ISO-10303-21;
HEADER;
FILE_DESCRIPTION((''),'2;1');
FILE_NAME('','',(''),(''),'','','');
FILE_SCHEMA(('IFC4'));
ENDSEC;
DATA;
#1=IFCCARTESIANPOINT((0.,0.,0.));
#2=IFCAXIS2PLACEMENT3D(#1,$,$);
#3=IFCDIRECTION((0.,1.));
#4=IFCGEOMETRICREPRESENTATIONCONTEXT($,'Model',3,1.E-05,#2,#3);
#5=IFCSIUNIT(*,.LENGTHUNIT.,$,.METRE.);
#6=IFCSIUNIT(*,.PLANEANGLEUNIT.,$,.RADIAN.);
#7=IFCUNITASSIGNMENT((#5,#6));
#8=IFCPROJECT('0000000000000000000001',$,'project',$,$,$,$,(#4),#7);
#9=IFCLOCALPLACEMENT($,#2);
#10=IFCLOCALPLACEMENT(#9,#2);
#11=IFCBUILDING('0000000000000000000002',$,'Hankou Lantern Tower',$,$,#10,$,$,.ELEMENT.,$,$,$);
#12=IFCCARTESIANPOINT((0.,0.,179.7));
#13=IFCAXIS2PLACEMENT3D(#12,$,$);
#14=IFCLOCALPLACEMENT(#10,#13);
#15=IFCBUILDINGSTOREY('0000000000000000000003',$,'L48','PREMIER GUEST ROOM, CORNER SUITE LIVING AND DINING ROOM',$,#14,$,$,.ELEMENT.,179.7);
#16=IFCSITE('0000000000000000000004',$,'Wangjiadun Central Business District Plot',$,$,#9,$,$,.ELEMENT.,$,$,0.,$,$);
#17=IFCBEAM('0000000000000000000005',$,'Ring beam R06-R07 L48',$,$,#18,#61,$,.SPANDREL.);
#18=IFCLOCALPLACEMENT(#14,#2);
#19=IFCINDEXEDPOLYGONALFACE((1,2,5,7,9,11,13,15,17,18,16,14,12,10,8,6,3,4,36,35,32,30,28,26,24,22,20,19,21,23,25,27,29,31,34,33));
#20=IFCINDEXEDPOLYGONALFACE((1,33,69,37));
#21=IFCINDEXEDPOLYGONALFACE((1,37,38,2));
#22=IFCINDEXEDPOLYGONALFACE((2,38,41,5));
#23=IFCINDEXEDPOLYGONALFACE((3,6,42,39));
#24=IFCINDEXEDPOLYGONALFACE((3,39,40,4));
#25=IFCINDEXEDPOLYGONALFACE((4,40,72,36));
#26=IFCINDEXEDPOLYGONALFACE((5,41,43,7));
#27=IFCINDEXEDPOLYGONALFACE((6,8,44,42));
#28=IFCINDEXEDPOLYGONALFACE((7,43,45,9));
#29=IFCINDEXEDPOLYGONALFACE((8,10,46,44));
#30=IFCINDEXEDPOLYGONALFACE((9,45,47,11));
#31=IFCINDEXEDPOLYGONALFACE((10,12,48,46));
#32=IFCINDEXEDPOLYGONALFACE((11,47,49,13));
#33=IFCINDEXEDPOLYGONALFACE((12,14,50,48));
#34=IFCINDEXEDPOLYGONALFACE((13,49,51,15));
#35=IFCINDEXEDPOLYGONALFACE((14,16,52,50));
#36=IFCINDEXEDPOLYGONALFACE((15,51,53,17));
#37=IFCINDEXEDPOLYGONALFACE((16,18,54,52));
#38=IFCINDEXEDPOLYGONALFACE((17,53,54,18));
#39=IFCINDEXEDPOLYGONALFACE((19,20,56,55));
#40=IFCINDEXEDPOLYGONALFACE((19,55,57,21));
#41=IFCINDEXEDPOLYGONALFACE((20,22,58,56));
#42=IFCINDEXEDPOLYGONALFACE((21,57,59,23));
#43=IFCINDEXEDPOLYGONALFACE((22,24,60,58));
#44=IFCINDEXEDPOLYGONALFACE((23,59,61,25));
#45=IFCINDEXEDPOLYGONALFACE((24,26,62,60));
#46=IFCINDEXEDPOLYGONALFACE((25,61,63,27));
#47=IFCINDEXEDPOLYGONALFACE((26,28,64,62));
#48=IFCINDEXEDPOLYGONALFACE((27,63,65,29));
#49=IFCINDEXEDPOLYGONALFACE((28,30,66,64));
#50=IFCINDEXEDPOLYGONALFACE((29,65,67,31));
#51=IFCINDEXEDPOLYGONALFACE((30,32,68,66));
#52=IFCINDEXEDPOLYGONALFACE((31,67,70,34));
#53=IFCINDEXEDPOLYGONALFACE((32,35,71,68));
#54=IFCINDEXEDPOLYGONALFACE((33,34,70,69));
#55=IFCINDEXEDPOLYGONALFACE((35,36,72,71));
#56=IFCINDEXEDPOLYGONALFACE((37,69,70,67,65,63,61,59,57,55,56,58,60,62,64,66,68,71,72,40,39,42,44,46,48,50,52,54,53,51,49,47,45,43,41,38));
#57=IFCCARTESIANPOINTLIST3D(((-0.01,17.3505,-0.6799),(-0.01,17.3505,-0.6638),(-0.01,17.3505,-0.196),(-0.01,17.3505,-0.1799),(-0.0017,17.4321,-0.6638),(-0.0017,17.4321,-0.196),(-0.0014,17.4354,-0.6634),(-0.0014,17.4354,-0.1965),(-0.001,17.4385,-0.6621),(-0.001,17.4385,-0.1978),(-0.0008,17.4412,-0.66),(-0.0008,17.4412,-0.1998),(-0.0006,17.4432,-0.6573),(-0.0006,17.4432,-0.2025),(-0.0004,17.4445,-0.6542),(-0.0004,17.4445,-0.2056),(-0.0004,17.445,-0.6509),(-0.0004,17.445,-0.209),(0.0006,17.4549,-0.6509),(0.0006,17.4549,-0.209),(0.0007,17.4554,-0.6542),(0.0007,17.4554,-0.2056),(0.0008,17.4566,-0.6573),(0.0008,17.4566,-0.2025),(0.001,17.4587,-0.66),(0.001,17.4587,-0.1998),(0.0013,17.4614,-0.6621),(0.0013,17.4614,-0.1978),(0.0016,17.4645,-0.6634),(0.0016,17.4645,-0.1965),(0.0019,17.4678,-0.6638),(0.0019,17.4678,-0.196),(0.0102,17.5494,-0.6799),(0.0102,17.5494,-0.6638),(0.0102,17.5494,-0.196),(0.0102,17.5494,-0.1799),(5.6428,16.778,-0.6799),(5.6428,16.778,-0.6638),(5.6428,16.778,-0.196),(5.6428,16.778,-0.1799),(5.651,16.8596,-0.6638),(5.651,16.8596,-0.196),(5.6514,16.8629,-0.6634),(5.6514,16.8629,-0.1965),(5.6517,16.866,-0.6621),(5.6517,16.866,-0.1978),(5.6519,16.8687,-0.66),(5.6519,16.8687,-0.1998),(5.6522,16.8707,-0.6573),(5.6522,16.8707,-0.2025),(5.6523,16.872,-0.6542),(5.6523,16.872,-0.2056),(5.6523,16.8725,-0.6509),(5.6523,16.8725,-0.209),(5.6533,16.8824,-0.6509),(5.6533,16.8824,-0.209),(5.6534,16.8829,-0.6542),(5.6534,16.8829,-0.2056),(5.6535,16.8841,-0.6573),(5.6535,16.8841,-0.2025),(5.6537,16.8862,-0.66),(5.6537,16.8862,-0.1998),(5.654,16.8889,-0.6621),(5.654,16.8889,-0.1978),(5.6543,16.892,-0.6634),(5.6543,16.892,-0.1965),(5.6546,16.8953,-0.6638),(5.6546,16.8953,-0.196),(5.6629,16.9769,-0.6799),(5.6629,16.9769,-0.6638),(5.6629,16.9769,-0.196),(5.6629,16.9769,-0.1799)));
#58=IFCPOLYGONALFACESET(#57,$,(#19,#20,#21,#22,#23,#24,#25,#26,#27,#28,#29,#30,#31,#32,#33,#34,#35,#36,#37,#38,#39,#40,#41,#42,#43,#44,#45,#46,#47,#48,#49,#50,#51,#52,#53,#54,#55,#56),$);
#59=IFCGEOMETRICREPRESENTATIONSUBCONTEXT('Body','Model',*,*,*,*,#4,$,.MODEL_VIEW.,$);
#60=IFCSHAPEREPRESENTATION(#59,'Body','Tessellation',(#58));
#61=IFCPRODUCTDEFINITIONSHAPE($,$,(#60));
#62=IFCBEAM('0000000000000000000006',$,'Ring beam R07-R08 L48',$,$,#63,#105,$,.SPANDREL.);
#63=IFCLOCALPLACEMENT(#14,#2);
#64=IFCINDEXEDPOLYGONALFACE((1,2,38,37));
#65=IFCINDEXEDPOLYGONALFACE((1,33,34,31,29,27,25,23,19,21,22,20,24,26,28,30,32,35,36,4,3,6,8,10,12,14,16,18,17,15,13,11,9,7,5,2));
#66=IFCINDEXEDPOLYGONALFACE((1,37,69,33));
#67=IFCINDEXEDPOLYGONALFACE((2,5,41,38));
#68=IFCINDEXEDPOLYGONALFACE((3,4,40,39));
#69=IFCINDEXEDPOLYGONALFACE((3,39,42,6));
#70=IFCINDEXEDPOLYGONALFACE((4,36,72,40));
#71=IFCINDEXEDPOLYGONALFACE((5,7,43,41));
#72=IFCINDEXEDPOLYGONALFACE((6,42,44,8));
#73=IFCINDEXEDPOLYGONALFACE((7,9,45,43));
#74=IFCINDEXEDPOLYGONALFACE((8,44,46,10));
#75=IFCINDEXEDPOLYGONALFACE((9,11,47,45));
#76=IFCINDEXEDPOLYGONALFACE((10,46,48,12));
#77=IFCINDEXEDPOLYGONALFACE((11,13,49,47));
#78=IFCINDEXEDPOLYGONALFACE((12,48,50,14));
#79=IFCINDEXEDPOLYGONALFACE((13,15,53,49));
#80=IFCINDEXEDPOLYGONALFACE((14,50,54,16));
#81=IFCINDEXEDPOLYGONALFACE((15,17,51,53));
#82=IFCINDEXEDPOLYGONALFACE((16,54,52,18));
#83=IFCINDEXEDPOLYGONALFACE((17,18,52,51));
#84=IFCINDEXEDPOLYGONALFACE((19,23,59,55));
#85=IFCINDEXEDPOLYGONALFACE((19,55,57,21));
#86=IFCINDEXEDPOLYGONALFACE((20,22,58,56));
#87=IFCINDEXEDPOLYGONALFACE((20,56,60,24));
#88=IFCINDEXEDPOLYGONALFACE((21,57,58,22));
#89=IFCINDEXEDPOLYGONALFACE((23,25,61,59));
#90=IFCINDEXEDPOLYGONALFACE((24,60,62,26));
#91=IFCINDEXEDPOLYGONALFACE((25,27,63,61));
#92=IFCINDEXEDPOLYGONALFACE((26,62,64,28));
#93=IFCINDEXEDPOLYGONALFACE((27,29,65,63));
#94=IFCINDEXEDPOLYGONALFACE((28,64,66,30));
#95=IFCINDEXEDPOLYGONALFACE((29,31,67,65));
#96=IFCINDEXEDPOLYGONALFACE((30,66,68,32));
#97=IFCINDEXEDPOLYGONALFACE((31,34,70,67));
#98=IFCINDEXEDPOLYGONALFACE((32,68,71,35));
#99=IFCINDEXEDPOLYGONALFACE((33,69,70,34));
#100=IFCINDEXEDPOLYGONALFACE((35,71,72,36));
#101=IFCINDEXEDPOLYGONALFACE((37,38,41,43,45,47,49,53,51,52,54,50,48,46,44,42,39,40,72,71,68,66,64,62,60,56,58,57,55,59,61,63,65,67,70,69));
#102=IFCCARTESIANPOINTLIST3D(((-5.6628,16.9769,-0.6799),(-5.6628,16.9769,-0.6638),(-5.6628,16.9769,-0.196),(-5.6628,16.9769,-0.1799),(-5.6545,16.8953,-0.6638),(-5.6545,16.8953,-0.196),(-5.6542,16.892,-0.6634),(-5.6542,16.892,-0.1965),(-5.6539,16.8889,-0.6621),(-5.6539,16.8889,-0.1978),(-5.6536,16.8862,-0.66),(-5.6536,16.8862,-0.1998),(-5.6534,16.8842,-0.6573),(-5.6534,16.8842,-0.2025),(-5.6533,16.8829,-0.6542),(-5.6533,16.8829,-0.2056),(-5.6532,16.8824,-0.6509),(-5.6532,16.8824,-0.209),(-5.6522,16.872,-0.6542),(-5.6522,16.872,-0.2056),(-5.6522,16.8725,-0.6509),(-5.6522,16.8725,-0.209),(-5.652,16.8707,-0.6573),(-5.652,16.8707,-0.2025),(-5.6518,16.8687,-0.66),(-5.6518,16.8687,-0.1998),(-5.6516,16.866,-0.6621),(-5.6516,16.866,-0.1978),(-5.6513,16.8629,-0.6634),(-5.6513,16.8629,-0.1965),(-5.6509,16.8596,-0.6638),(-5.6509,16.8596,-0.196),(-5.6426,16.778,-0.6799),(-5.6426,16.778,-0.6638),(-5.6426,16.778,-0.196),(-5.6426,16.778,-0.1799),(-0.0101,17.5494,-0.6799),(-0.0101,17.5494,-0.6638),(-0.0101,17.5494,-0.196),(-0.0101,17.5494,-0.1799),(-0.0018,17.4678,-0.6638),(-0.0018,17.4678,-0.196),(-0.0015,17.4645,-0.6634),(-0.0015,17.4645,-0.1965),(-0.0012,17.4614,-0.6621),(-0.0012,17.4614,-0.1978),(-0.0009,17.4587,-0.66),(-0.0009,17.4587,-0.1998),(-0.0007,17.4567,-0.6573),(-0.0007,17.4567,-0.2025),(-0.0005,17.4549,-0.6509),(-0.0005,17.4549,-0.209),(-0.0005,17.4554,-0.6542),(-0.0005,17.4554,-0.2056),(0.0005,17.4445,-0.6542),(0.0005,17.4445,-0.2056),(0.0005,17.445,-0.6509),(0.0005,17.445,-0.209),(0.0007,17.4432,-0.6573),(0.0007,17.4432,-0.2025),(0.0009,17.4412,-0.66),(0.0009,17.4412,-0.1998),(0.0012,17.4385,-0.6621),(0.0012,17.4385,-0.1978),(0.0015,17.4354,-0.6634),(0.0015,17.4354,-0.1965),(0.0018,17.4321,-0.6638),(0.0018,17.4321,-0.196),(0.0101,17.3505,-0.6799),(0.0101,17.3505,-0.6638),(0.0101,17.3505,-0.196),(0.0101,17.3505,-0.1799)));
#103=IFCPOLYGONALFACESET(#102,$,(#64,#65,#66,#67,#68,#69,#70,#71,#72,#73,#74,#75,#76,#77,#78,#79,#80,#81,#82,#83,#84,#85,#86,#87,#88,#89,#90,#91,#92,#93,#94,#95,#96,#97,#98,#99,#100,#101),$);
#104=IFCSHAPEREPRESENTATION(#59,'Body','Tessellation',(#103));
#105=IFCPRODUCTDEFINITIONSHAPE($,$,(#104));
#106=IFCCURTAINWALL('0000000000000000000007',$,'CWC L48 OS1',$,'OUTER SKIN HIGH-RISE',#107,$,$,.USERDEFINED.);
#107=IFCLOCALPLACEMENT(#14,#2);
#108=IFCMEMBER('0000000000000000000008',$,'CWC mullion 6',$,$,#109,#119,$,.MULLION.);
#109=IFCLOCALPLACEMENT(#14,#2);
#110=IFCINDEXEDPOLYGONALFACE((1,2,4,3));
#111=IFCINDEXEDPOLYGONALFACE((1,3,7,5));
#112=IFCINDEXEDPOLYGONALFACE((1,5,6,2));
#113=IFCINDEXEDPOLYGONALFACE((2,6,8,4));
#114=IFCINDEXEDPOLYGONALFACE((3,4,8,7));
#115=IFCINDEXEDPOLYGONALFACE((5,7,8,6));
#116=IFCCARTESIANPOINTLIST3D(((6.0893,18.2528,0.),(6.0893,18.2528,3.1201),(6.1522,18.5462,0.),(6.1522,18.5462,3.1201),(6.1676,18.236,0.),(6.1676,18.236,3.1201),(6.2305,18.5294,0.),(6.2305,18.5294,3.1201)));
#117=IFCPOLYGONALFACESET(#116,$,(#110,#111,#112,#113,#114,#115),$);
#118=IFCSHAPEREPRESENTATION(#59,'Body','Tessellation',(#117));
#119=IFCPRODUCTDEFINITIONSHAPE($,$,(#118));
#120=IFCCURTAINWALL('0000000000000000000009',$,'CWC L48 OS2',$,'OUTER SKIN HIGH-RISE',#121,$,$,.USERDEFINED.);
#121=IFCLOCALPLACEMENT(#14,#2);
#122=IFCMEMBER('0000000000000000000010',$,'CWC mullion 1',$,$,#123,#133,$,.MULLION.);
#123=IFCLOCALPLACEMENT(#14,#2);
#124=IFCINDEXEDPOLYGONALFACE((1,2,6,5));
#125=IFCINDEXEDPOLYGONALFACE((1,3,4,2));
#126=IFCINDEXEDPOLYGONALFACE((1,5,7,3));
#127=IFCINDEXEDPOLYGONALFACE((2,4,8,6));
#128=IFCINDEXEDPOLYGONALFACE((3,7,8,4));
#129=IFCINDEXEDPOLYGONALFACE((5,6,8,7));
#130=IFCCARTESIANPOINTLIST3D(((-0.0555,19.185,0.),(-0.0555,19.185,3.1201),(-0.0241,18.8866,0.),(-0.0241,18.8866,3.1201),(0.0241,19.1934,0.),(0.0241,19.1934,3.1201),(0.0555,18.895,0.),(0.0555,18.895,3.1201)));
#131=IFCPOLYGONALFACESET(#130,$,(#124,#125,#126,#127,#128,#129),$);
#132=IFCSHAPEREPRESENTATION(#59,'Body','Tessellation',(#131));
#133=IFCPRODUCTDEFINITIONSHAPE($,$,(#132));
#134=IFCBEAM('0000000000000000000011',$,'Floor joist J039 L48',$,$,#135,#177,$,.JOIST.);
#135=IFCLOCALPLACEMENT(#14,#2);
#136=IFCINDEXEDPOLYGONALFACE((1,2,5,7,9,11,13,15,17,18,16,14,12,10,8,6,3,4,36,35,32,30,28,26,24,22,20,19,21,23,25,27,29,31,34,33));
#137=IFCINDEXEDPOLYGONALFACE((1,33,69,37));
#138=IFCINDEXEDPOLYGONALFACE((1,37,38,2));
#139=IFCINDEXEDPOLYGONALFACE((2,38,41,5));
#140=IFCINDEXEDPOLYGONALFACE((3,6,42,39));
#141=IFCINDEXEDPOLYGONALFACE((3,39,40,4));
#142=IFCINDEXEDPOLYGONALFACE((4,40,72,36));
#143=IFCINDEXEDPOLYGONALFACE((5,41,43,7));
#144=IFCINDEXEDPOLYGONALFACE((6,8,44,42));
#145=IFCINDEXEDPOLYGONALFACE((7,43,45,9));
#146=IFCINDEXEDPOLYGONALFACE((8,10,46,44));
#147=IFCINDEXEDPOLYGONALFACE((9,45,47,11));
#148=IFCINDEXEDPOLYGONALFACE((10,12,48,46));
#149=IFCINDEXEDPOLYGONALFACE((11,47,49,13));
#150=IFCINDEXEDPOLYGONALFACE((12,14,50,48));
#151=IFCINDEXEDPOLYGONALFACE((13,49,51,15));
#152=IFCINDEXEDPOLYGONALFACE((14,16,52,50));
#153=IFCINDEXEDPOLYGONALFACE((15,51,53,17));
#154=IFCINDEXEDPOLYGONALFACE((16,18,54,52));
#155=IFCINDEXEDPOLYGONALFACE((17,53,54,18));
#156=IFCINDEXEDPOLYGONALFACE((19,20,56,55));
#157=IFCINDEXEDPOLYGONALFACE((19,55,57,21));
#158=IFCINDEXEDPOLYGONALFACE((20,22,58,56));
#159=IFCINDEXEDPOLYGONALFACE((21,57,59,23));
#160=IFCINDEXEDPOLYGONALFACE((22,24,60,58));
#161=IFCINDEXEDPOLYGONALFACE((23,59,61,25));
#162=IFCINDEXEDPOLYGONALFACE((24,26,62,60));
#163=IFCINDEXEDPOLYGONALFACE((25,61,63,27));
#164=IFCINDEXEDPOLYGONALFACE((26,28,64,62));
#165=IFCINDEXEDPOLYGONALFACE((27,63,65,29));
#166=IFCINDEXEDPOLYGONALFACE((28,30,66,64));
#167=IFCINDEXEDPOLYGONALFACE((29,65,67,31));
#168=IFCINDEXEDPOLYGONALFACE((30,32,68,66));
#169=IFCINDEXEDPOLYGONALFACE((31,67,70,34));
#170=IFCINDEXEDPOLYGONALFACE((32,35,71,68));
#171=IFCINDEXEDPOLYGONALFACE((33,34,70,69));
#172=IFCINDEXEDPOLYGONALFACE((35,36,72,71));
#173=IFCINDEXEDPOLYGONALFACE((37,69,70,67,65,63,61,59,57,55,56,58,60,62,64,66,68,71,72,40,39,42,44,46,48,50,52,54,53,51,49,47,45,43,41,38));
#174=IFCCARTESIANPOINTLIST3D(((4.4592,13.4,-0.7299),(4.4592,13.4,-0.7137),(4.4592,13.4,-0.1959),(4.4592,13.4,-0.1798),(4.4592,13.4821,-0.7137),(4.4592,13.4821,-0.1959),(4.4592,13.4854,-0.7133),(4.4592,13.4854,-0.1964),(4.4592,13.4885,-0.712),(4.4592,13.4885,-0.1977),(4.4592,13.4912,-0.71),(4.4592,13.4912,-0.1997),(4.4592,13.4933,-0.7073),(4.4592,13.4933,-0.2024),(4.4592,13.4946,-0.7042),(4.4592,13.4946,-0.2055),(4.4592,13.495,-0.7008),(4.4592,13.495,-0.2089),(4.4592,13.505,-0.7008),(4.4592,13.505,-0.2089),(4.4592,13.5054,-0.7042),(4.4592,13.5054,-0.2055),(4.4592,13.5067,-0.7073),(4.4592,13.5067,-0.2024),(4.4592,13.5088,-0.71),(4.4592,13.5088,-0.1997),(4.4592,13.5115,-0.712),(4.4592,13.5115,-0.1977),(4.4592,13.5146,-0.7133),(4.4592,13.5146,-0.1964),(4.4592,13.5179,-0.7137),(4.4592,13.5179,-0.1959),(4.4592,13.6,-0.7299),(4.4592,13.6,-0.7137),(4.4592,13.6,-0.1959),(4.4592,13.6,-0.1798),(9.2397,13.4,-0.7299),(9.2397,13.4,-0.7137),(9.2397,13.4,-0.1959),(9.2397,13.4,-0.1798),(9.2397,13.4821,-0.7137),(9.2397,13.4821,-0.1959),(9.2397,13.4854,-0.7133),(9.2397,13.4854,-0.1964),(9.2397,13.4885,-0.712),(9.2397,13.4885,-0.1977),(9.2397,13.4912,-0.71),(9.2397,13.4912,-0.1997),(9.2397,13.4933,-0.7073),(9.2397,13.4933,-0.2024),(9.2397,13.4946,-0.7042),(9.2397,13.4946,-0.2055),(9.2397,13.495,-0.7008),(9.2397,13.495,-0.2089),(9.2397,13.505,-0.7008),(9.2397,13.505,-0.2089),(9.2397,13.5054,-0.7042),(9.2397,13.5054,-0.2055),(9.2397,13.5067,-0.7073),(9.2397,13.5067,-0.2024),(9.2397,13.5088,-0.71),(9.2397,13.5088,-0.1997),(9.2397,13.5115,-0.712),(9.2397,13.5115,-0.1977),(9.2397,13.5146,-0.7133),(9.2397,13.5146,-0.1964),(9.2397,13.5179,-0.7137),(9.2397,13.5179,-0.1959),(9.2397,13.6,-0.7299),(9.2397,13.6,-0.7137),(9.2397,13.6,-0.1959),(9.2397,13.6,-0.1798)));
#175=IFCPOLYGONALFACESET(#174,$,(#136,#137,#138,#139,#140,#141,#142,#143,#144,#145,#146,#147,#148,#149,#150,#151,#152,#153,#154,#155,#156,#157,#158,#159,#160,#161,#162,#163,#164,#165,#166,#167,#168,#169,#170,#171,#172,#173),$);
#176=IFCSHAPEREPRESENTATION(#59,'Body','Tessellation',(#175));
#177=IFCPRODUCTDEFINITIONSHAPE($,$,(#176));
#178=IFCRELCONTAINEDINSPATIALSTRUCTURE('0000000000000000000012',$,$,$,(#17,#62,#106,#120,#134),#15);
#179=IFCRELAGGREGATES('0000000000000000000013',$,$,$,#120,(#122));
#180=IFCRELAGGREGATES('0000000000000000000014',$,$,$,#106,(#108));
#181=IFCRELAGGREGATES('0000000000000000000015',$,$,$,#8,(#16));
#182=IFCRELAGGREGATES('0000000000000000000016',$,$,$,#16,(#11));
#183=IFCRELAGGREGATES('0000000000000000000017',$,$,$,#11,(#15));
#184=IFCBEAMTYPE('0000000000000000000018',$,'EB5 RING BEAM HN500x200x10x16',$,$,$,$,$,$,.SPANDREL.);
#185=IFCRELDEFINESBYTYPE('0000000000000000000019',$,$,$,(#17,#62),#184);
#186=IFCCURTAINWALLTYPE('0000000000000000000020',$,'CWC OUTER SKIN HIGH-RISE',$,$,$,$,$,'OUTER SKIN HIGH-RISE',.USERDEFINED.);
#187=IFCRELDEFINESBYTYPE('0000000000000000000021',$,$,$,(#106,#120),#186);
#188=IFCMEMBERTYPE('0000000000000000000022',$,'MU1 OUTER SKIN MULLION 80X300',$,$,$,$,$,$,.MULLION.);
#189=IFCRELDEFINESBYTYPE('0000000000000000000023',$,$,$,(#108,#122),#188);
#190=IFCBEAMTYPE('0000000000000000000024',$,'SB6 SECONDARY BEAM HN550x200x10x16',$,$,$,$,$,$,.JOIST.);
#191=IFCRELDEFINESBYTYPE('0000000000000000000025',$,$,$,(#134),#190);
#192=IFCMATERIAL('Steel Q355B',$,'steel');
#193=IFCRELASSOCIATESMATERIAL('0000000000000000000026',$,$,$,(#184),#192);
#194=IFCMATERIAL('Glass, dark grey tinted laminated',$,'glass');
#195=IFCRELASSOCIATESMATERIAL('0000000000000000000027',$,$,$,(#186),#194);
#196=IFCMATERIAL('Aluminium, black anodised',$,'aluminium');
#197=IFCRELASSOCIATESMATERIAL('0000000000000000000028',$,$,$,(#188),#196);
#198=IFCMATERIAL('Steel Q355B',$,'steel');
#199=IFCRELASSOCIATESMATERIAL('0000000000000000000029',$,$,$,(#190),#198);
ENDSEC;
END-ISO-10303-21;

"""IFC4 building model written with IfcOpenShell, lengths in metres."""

from ifc_helpers import new_model, si_unit, direction, frame, origin, origin_2d, place, context, subcontext, project, spatial, rectangle, i_section, extrude, material, material_profile, profile_set, type_object, element, aggregate, save


model = new_model("IFC4")

# Units and contexts
model_context = context("Model", 3, precision=1e-05, world=origin(), true_north=direction((0.0, 1.0)))
body_context = subcontext(model_context, "Body", "Model", "MODEL_VIEW")
ifc_project = project(units=[si_unit("LENGTHUNIT", "METRE"), si_unit("PLANEANGLEUNIT", "RADIAN")], contexts=[model_context])

# Site, building, storey
site_placement = place(None, origin())
site = spatial("IfcSite", under=ifc_project, at=site_placement, Name="Wangjiadun Central Business District Plot", CompositionType="ELEMENT", RefElevation=0.0)
building_placement = place(site_placement, origin())
building = spatial("IfcBuilding", under=site, at=building_placement, Name="Hankou Lantern Tower", CompositionType="ELEMENT")
storey_placement = place(building_placement, frame((0.0, 0.0, 179.7)))
storey = spatial("IfcBuildingStorey", under=building, at=storey_placement, Name="L48", Description="PREMIER GUEST ROOM, CORNER SUITE LIVING AND DINING ROOM", CompositionType="ELEMENT", Elevation=179.7)

# Beams
ifc_material_1 = material(Name="Steel Q355B", Category="steel")
ifc_material_profile_1 = material_profile(ifc_material_1, i_section(OverallWidth=0.2, OverallDepth=0.5, WebThickness=0.01, FlangeThickness=0.0161, FilletRadius=0.0129, at=origin_2d()), Name="HN500x200x10x16")
ifc_profile_set_1 = profile_set([ifc_material_profile_1], Name="Steel Q355B")
beam_type_1 = type_object("IfcBeamType", Name="EB5 RING BEAM HN500x200x10x16", PredefinedType="SPANDREL", material=ifc_profile_set_1)
for number, where, z_axis, x_axis, name in (
    (1, (5.6528, 16.8774, -0.4299), (-0.99491, 0.100763, 0.0), (-0.100763, -0.99491, 0.0), "Ring beam R06-R07 L48"),
    (2, (0.0, 17.45, -0.4299), (-0.99491, -0.100763, 0.0), (0.100763, -0.99491, 0.0), "Ring beam R07-R08 L48"),
):
    element("IfcBeam", number, at=place(storey_placement, frame(where, z_axis=z_axis, x_axis=x_axis)), inside=storey, type_object=beam_type_1, Name=name, PredefinedType="SPANDREL", context=body_context, shape_type="SweptSolid", body=[
        extrude(i_section(OverallWidth=0.2, OverallDepth=0.5, WebThickness=0.01, FlangeThickness=0.0161, FilletRadius=0.0129, at=origin_2d()), origin(), (0.0, 0.0, 1.0), 5.6816),
    ])

# Curtain walls, members
ifc_material_2 = material(Name="Glass, dark grey tinted laminated", Category="glass")
curtain_wall_type = type_object("IfcCurtainWallType", Name="CWC OUTER SKIN HIGH-RISE", ElementType="OUTER SKIN HIGH-RISE", PredefinedType="USERDEFINED", material=ifc_material_2)
curtain_wall_1_placement = place(storey_placement, origin())
curtain_wall_1 = element("IfcCurtainWall", 3, at=curtain_wall_1_placement, inside=storey, type_object=curtain_wall_type, Name="CWC L48 OS1", ObjectType="OUTER SKIN HIGH-RISE", PredefinedType="USERDEFINED")
ifc_material_3 = material(Name="Aluminium, black anodised", Category="aluminium")
ifc_material_profile_2 = material_profile(ifc_material_3, rectangle(XDim=0.0801, YDim=0.3, at=origin_2d()), Name="MU1 80X300")
ifc_profile_set_2 = profile_set([ifc_material_profile_2], Name="Aluminium, black anodised")
member_type_1 = type_object("IfcMemberType", Name="MU1 OUTER SKIN MULLION 80X300", PredefinedType="MULLION", material=ifc_profile_set_2)
member_1_placement = place(storey_placement, frame((6.1599, 18.3911, 0.0), z_axis=(0.0, 0.0, 1.0), x_axis=(-0.977788, 0.209598, 0.0)))
member_1 = element("IfcMember", 4, at=member_1_placement, type_object=member_type_1, Name="CWC mullion 6", PredefinedType="MULLION", context=body_context, shape_type="SweptSolid", body=[
    extrude(rectangle(XDim=0.0801, YDim=0.3, at=origin_2d()), origin(), (0.0, 0.0, 1.0), 3.1201),
])
curtain_wall_2_placement = place(storey_placement, origin())
curtain_wall_2 = element("IfcCurtainWall", 5, at=curtain_wall_2_placement, inside=storey, type_object=curtain_wall_type, Name="CWC L48 OS2", ObjectType="OUTER SKIN HIGH-RISE", PredefinedType="USERDEFINED")
member_2_placement = place(storey_placement, frame((0.0, 19.04, 0.0), z_axis=(0.0, 0.0, 1.0), x_axis=(-0.994499, -0.104743, 0.0)))
member_2 = element("IfcMember", 6, at=member_2_placement, type_object=member_type_1, Name="CWC mullion 1", PredefinedType="MULLION", context=body_context, shape_type="SweptSolid", body=[
    extrude(rectangle(XDim=0.0801, YDim=0.3, at=origin_2d()), origin(), (0.0, 0.0, 1.0), 3.1201),
])
aggregate(curtain_wall_2, [member_2])

# Beam
ifc_material_4 = material(Name="Steel Q355B", Category="steel")
ifc_material_profile_3 = material_profile(ifc_material_4, i_section(OverallWidth=0.2, OverallDepth=0.55, WebThickness=0.01, FlangeThickness=0.0161, FilletRadius=0.0129, at=origin_2d()), Name="HN550x200x10x16")
ifc_profile_set_3 = profile_set([ifc_material_profile_3], Name="Steel Q355B")
beam_type_2 = type_object("IfcBeamType", Name="SB6 SECONDARY BEAM HN550x200x10x16", PredefinedType="JOIST", material=ifc_profile_set_3)
beam_1_placement = place(storey_placement, frame((4.4592, 13.5, -0.4548), z_axis=(1.0, 0.0, 0.0), x_axis=(0.0, 1.0, 0.0)))
element("IfcBeam", 7, at=beam_1_placement, inside=storey, type_object=beam_type_2, Name="Floor joist J039 L48", PredefinedType="JOIST", context=body_context, shape_type="SweptSolid", body=[
    extrude(i_section(OverallWidth=0.2, OverallDepth=0.55, WebThickness=0.01, FlangeThickness=0.0161, FilletRadius=0.0129, at=origin_2d()), origin(), (0.0, 0.0, 1.0), 4.7805),
])

aggregate(curtain_wall_1, [member_1])

save(model, "model.ifc")
